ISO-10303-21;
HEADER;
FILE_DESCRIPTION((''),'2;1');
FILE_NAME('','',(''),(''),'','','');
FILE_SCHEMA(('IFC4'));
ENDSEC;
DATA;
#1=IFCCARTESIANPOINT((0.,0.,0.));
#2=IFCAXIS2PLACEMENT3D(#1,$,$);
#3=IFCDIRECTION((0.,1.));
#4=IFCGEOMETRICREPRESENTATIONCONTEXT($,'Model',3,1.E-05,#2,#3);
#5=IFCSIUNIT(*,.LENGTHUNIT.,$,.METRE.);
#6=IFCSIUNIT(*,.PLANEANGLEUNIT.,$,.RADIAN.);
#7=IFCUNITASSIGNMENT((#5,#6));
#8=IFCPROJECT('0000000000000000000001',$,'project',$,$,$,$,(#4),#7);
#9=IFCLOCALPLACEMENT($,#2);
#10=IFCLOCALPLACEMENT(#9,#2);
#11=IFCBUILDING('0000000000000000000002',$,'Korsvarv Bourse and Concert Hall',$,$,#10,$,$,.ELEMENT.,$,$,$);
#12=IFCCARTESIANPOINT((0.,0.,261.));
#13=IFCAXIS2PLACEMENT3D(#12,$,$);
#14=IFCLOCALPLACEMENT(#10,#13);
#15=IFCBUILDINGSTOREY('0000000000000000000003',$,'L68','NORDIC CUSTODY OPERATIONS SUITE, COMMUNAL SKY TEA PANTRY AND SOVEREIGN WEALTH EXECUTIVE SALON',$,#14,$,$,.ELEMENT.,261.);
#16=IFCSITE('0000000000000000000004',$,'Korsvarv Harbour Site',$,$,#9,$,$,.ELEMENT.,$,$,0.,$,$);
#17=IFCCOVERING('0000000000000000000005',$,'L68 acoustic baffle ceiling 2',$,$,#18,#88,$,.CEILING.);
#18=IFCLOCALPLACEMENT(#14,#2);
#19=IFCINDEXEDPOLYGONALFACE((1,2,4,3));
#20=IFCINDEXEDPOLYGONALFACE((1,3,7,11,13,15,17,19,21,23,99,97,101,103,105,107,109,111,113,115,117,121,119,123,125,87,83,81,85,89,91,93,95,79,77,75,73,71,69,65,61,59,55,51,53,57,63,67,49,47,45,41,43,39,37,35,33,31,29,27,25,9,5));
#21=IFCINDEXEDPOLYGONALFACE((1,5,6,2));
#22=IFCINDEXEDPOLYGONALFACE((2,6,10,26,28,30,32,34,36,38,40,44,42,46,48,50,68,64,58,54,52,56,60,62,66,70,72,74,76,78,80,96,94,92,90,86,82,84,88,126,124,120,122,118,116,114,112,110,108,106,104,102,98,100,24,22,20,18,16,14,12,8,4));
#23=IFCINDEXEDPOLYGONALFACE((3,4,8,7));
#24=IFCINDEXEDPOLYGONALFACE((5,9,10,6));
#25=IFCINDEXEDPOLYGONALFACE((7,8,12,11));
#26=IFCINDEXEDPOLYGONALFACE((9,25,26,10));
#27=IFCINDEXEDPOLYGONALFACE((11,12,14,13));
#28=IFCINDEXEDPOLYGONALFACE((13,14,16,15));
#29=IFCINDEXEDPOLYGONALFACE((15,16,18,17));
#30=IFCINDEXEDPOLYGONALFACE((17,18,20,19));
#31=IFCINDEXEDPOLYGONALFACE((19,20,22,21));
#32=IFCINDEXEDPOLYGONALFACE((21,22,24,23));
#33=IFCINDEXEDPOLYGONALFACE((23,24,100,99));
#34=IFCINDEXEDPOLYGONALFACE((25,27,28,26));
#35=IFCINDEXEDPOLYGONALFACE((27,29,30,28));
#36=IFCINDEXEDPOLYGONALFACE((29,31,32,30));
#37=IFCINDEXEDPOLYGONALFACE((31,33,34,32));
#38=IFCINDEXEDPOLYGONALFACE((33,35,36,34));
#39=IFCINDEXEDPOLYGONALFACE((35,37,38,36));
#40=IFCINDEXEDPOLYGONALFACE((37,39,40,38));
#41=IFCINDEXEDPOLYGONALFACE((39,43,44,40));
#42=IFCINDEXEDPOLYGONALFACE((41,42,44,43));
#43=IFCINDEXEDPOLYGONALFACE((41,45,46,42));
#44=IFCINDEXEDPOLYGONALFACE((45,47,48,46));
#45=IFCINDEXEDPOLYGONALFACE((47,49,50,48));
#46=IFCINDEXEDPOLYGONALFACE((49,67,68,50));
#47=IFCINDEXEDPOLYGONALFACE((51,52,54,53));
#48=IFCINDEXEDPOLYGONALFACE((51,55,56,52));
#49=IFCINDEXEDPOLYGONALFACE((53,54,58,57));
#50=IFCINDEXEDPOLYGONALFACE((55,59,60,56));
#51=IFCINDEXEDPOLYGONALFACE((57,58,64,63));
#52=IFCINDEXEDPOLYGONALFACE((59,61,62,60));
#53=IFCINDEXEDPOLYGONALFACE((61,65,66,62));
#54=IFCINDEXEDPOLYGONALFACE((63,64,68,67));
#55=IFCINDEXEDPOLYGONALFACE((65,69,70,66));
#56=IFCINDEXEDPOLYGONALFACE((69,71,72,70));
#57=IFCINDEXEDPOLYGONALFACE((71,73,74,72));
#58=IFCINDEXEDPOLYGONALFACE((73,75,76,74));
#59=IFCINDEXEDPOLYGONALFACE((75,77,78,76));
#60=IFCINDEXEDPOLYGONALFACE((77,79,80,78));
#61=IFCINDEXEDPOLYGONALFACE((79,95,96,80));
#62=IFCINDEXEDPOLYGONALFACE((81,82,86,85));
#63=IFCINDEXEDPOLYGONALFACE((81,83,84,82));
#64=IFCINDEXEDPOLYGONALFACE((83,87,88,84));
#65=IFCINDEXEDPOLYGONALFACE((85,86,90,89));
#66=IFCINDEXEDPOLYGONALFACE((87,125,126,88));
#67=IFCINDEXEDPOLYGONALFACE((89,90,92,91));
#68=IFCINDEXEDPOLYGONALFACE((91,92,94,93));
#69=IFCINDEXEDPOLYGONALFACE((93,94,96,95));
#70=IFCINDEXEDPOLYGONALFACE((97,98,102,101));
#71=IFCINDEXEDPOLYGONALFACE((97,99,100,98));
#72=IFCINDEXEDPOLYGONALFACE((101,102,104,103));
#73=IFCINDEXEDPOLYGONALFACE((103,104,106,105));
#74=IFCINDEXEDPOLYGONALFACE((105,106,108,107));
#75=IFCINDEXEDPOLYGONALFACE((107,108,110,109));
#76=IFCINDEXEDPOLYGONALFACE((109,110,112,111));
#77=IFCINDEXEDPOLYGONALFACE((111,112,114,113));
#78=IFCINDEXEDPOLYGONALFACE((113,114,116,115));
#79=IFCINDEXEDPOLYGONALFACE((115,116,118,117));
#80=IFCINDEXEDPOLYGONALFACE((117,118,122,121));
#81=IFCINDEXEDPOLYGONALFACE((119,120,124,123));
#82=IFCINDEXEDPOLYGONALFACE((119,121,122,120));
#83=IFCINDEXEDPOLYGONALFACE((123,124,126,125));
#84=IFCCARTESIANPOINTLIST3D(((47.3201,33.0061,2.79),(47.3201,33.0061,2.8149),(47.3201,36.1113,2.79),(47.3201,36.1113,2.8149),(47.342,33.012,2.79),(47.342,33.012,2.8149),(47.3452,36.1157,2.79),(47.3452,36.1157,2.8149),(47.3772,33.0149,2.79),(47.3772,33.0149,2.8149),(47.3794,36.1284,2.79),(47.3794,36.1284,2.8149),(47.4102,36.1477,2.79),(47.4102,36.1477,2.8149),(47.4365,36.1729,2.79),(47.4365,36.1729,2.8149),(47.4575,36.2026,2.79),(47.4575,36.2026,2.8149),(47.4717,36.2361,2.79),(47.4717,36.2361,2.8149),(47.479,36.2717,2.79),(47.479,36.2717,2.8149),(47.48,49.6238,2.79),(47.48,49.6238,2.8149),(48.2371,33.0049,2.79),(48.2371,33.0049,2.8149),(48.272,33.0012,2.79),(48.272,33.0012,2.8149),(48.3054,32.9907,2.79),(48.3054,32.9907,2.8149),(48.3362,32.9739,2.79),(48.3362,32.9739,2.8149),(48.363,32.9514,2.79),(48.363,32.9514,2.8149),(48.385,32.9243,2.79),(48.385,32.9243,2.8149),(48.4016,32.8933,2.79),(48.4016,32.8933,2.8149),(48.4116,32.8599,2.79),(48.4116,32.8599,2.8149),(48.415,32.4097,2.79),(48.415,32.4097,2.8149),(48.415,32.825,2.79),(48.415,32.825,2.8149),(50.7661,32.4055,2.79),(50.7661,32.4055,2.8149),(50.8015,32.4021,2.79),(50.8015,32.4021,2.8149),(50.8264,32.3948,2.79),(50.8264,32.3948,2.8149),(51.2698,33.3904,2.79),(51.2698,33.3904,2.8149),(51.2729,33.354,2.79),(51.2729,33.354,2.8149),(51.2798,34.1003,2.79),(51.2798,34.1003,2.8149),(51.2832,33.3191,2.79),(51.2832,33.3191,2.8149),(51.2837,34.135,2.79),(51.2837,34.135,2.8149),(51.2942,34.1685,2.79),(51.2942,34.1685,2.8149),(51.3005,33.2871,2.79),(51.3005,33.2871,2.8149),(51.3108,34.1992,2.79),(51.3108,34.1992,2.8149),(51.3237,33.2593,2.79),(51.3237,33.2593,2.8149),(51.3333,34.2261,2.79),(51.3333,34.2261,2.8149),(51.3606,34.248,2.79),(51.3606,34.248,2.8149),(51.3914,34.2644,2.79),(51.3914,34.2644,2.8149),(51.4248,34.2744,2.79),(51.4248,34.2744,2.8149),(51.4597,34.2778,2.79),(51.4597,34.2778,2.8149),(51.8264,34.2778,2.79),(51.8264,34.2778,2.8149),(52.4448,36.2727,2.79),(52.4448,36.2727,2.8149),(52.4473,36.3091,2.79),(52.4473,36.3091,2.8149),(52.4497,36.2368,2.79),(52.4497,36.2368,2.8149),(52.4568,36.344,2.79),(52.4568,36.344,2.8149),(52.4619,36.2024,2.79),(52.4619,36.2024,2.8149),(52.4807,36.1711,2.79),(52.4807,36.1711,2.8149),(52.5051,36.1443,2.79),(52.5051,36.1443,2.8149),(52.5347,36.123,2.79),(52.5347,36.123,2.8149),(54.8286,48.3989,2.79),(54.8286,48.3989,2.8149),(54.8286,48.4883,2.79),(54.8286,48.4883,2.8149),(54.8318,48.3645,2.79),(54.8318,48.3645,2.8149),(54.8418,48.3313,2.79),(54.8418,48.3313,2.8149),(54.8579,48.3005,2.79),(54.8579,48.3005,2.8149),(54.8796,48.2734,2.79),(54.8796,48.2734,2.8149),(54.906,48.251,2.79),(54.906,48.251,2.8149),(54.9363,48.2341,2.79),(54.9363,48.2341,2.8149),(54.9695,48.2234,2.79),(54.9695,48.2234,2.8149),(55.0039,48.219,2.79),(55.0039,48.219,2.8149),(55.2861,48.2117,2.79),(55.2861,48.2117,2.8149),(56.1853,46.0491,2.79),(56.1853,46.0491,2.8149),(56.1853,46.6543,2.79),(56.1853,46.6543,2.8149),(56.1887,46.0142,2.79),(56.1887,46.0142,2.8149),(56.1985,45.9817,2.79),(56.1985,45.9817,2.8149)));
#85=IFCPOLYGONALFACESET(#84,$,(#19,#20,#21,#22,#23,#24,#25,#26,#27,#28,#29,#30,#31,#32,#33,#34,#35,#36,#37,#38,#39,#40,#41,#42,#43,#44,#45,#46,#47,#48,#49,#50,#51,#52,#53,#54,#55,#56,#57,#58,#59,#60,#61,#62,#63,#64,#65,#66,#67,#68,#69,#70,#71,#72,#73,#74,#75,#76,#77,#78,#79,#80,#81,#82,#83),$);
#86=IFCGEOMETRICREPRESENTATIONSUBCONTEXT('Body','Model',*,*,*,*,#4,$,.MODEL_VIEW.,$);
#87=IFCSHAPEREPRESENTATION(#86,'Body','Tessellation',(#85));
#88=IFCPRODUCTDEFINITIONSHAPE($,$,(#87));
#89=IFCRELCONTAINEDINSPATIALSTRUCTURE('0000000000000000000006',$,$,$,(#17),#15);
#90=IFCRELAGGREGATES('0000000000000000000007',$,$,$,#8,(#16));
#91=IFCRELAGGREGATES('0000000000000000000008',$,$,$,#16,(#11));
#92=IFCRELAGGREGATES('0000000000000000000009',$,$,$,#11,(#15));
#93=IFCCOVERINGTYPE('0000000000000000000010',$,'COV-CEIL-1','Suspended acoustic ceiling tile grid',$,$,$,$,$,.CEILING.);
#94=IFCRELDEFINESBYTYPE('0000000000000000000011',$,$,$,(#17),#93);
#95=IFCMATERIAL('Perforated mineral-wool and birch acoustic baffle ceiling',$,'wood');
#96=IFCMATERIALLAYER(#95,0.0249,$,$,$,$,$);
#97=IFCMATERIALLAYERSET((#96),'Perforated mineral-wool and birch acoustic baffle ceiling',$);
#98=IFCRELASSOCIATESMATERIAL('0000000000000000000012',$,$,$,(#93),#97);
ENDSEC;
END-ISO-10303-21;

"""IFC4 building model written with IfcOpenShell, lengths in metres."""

from ifc_helpers import new_model, si_unit, direction, frame, origin, place, context, subcontext, project, spatial, polyline, outline, extrude, material, layer, layer_set, type_object, element, save


model = new_model("IFC4")

# Units and contexts
model_context = context("Model", 3, precision=1e-05, world=origin(), true_north=direction((0.0, 1.0)))
body_context = subcontext(model_context, "Body", "Model", "MODEL_VIEW")
ifc_project = project(units=[si_unit("LENGTHUNIT", "METRE"), si_unit("PLANEANGLEUNIT", "RADIAN")], contexts=[model_context])

# Site, building, storey
site_placement = place(None, origin())
site = spatial("IfcSite", under=ifc_project, at=site_placement, Name="Korsvarv Harbour Site", CompositionType="ELEMENT", RefElevation=0.0)
building_placement = place(site_placement, origin())
building = spatial("IfcBuilding", under=site, at=building_placement, Name="Korsvarv Bourse and Concert Hall", CompositionType="ELEMENT")
storey_placement = place(building_placement, frame((0.0, 0.0, 261.0)))
storey = spatial("IfcBuildingStorey", under=building, at=storey_placement, Name="L68", Description="NORDIC CUSTODY OPERATIONS SUITE, COMMUNAL SKY TEA PANTRY AND SOVEREIGN WEALTH EXECUTIVE SALON", CompositionType="ELEMENT", Elevation=261.0)

# Covering
ifc_material_1 = material(Name="Perforated mineral-wool and birch acoustic baffle ceiling", Category="wood")
ifc_layer_1 = layer(ifc_material_1, 0.0249)
ifc_layer_set_1 = layer_set([ifc_layer_1], Name="Perforated mineral-wool and birch acoustic baffle ceiling")
covering_type_1 = type_object("IfcCoveringType", Name="COV-CEIL-1", Description="Suspended acoustic ceiling tile grid", PredefinedType="CEILING", material=ifc_layer_set_1)
covering_1_placement = place(storey_placement, frame((0.0, 0.0, 2.79)))
element("IfcCovering", 1, at=covering_1_placement, inside=storey, type_object=covering_type_1, Name="L68 acoustic baffle ceiling 2", PredefinedType="CEILING", context=body_context, shape_type="SweptSolid", body=[
    extrude(outline(polyline([(47.3201, 36.1113), (47.3452, 36.1157), (47.3794, 36.1284), (47.4102, 36.1477), (47.4365, 36.1729), (47.4575, 36.2026), (47.4717, 36.2361), (47.479, 36.2717), (47.48, 49.6238), (54.8286, 48.4883), (54.8286, 48.3989), (54.8318, 48.3645), (54.8418, 48.3313), (54.8579, 48.3005), (54.8796, 48.2734), (54.906, 48.251), (54.9363, 48.2341), (54.9695, 48.2234), (55.0039, 48.219), (55.2861, 48.2117), (56.1853, 46.6543), (56.1853, 46.0491), (56.1887, 46.0142), (56.1985, 45.9817), (52.4568, 36.344), (52.4473, 36.3091), (52.4448, 36.2727), (52.4497, 36.2368), (52.4619, 36.2024), (52.4807, 36.1711), (52.5051, 36.1443), (52.5347, 36.123), (51.8264, 34.2778), (51.4597, 34.2778), (51.4248, 34.2744), (51.3914, 34.2644), (51.3606, 34.248), (51.3333, 34.2261), (51.3108, 34.1992), (51.2942, 34.1685), (51.2837, 34.135), (51.2798, 34.1003), (51.2698, 33.3904), (51.2729, 33.354), (51.2832, 33.3191), (51.3005, 33.2871), (51.3237, 33.2593), (50.8264, 32.3948), (50.8015, 32.4021), (50.7661, 32.4055), (48.415, 32.4097), (48.415, 32.825), (48.4116, 32.8599), (48.4016, 32.8933), (48.385, 32.9243), (48.363, 32.9514), (48.3362, 32.9739), (48.3054, 32.9907), (48.272, 33.0012), (48.2371, 33.0049), (47.3772, 33.0149), (47.342, 33.012), (47.3201, 33.0061), (47.3201, 36.1113)])), origin(), (0.0, 0.0, 1.0), 0.0249),
])

save(model, "model.ifc")
